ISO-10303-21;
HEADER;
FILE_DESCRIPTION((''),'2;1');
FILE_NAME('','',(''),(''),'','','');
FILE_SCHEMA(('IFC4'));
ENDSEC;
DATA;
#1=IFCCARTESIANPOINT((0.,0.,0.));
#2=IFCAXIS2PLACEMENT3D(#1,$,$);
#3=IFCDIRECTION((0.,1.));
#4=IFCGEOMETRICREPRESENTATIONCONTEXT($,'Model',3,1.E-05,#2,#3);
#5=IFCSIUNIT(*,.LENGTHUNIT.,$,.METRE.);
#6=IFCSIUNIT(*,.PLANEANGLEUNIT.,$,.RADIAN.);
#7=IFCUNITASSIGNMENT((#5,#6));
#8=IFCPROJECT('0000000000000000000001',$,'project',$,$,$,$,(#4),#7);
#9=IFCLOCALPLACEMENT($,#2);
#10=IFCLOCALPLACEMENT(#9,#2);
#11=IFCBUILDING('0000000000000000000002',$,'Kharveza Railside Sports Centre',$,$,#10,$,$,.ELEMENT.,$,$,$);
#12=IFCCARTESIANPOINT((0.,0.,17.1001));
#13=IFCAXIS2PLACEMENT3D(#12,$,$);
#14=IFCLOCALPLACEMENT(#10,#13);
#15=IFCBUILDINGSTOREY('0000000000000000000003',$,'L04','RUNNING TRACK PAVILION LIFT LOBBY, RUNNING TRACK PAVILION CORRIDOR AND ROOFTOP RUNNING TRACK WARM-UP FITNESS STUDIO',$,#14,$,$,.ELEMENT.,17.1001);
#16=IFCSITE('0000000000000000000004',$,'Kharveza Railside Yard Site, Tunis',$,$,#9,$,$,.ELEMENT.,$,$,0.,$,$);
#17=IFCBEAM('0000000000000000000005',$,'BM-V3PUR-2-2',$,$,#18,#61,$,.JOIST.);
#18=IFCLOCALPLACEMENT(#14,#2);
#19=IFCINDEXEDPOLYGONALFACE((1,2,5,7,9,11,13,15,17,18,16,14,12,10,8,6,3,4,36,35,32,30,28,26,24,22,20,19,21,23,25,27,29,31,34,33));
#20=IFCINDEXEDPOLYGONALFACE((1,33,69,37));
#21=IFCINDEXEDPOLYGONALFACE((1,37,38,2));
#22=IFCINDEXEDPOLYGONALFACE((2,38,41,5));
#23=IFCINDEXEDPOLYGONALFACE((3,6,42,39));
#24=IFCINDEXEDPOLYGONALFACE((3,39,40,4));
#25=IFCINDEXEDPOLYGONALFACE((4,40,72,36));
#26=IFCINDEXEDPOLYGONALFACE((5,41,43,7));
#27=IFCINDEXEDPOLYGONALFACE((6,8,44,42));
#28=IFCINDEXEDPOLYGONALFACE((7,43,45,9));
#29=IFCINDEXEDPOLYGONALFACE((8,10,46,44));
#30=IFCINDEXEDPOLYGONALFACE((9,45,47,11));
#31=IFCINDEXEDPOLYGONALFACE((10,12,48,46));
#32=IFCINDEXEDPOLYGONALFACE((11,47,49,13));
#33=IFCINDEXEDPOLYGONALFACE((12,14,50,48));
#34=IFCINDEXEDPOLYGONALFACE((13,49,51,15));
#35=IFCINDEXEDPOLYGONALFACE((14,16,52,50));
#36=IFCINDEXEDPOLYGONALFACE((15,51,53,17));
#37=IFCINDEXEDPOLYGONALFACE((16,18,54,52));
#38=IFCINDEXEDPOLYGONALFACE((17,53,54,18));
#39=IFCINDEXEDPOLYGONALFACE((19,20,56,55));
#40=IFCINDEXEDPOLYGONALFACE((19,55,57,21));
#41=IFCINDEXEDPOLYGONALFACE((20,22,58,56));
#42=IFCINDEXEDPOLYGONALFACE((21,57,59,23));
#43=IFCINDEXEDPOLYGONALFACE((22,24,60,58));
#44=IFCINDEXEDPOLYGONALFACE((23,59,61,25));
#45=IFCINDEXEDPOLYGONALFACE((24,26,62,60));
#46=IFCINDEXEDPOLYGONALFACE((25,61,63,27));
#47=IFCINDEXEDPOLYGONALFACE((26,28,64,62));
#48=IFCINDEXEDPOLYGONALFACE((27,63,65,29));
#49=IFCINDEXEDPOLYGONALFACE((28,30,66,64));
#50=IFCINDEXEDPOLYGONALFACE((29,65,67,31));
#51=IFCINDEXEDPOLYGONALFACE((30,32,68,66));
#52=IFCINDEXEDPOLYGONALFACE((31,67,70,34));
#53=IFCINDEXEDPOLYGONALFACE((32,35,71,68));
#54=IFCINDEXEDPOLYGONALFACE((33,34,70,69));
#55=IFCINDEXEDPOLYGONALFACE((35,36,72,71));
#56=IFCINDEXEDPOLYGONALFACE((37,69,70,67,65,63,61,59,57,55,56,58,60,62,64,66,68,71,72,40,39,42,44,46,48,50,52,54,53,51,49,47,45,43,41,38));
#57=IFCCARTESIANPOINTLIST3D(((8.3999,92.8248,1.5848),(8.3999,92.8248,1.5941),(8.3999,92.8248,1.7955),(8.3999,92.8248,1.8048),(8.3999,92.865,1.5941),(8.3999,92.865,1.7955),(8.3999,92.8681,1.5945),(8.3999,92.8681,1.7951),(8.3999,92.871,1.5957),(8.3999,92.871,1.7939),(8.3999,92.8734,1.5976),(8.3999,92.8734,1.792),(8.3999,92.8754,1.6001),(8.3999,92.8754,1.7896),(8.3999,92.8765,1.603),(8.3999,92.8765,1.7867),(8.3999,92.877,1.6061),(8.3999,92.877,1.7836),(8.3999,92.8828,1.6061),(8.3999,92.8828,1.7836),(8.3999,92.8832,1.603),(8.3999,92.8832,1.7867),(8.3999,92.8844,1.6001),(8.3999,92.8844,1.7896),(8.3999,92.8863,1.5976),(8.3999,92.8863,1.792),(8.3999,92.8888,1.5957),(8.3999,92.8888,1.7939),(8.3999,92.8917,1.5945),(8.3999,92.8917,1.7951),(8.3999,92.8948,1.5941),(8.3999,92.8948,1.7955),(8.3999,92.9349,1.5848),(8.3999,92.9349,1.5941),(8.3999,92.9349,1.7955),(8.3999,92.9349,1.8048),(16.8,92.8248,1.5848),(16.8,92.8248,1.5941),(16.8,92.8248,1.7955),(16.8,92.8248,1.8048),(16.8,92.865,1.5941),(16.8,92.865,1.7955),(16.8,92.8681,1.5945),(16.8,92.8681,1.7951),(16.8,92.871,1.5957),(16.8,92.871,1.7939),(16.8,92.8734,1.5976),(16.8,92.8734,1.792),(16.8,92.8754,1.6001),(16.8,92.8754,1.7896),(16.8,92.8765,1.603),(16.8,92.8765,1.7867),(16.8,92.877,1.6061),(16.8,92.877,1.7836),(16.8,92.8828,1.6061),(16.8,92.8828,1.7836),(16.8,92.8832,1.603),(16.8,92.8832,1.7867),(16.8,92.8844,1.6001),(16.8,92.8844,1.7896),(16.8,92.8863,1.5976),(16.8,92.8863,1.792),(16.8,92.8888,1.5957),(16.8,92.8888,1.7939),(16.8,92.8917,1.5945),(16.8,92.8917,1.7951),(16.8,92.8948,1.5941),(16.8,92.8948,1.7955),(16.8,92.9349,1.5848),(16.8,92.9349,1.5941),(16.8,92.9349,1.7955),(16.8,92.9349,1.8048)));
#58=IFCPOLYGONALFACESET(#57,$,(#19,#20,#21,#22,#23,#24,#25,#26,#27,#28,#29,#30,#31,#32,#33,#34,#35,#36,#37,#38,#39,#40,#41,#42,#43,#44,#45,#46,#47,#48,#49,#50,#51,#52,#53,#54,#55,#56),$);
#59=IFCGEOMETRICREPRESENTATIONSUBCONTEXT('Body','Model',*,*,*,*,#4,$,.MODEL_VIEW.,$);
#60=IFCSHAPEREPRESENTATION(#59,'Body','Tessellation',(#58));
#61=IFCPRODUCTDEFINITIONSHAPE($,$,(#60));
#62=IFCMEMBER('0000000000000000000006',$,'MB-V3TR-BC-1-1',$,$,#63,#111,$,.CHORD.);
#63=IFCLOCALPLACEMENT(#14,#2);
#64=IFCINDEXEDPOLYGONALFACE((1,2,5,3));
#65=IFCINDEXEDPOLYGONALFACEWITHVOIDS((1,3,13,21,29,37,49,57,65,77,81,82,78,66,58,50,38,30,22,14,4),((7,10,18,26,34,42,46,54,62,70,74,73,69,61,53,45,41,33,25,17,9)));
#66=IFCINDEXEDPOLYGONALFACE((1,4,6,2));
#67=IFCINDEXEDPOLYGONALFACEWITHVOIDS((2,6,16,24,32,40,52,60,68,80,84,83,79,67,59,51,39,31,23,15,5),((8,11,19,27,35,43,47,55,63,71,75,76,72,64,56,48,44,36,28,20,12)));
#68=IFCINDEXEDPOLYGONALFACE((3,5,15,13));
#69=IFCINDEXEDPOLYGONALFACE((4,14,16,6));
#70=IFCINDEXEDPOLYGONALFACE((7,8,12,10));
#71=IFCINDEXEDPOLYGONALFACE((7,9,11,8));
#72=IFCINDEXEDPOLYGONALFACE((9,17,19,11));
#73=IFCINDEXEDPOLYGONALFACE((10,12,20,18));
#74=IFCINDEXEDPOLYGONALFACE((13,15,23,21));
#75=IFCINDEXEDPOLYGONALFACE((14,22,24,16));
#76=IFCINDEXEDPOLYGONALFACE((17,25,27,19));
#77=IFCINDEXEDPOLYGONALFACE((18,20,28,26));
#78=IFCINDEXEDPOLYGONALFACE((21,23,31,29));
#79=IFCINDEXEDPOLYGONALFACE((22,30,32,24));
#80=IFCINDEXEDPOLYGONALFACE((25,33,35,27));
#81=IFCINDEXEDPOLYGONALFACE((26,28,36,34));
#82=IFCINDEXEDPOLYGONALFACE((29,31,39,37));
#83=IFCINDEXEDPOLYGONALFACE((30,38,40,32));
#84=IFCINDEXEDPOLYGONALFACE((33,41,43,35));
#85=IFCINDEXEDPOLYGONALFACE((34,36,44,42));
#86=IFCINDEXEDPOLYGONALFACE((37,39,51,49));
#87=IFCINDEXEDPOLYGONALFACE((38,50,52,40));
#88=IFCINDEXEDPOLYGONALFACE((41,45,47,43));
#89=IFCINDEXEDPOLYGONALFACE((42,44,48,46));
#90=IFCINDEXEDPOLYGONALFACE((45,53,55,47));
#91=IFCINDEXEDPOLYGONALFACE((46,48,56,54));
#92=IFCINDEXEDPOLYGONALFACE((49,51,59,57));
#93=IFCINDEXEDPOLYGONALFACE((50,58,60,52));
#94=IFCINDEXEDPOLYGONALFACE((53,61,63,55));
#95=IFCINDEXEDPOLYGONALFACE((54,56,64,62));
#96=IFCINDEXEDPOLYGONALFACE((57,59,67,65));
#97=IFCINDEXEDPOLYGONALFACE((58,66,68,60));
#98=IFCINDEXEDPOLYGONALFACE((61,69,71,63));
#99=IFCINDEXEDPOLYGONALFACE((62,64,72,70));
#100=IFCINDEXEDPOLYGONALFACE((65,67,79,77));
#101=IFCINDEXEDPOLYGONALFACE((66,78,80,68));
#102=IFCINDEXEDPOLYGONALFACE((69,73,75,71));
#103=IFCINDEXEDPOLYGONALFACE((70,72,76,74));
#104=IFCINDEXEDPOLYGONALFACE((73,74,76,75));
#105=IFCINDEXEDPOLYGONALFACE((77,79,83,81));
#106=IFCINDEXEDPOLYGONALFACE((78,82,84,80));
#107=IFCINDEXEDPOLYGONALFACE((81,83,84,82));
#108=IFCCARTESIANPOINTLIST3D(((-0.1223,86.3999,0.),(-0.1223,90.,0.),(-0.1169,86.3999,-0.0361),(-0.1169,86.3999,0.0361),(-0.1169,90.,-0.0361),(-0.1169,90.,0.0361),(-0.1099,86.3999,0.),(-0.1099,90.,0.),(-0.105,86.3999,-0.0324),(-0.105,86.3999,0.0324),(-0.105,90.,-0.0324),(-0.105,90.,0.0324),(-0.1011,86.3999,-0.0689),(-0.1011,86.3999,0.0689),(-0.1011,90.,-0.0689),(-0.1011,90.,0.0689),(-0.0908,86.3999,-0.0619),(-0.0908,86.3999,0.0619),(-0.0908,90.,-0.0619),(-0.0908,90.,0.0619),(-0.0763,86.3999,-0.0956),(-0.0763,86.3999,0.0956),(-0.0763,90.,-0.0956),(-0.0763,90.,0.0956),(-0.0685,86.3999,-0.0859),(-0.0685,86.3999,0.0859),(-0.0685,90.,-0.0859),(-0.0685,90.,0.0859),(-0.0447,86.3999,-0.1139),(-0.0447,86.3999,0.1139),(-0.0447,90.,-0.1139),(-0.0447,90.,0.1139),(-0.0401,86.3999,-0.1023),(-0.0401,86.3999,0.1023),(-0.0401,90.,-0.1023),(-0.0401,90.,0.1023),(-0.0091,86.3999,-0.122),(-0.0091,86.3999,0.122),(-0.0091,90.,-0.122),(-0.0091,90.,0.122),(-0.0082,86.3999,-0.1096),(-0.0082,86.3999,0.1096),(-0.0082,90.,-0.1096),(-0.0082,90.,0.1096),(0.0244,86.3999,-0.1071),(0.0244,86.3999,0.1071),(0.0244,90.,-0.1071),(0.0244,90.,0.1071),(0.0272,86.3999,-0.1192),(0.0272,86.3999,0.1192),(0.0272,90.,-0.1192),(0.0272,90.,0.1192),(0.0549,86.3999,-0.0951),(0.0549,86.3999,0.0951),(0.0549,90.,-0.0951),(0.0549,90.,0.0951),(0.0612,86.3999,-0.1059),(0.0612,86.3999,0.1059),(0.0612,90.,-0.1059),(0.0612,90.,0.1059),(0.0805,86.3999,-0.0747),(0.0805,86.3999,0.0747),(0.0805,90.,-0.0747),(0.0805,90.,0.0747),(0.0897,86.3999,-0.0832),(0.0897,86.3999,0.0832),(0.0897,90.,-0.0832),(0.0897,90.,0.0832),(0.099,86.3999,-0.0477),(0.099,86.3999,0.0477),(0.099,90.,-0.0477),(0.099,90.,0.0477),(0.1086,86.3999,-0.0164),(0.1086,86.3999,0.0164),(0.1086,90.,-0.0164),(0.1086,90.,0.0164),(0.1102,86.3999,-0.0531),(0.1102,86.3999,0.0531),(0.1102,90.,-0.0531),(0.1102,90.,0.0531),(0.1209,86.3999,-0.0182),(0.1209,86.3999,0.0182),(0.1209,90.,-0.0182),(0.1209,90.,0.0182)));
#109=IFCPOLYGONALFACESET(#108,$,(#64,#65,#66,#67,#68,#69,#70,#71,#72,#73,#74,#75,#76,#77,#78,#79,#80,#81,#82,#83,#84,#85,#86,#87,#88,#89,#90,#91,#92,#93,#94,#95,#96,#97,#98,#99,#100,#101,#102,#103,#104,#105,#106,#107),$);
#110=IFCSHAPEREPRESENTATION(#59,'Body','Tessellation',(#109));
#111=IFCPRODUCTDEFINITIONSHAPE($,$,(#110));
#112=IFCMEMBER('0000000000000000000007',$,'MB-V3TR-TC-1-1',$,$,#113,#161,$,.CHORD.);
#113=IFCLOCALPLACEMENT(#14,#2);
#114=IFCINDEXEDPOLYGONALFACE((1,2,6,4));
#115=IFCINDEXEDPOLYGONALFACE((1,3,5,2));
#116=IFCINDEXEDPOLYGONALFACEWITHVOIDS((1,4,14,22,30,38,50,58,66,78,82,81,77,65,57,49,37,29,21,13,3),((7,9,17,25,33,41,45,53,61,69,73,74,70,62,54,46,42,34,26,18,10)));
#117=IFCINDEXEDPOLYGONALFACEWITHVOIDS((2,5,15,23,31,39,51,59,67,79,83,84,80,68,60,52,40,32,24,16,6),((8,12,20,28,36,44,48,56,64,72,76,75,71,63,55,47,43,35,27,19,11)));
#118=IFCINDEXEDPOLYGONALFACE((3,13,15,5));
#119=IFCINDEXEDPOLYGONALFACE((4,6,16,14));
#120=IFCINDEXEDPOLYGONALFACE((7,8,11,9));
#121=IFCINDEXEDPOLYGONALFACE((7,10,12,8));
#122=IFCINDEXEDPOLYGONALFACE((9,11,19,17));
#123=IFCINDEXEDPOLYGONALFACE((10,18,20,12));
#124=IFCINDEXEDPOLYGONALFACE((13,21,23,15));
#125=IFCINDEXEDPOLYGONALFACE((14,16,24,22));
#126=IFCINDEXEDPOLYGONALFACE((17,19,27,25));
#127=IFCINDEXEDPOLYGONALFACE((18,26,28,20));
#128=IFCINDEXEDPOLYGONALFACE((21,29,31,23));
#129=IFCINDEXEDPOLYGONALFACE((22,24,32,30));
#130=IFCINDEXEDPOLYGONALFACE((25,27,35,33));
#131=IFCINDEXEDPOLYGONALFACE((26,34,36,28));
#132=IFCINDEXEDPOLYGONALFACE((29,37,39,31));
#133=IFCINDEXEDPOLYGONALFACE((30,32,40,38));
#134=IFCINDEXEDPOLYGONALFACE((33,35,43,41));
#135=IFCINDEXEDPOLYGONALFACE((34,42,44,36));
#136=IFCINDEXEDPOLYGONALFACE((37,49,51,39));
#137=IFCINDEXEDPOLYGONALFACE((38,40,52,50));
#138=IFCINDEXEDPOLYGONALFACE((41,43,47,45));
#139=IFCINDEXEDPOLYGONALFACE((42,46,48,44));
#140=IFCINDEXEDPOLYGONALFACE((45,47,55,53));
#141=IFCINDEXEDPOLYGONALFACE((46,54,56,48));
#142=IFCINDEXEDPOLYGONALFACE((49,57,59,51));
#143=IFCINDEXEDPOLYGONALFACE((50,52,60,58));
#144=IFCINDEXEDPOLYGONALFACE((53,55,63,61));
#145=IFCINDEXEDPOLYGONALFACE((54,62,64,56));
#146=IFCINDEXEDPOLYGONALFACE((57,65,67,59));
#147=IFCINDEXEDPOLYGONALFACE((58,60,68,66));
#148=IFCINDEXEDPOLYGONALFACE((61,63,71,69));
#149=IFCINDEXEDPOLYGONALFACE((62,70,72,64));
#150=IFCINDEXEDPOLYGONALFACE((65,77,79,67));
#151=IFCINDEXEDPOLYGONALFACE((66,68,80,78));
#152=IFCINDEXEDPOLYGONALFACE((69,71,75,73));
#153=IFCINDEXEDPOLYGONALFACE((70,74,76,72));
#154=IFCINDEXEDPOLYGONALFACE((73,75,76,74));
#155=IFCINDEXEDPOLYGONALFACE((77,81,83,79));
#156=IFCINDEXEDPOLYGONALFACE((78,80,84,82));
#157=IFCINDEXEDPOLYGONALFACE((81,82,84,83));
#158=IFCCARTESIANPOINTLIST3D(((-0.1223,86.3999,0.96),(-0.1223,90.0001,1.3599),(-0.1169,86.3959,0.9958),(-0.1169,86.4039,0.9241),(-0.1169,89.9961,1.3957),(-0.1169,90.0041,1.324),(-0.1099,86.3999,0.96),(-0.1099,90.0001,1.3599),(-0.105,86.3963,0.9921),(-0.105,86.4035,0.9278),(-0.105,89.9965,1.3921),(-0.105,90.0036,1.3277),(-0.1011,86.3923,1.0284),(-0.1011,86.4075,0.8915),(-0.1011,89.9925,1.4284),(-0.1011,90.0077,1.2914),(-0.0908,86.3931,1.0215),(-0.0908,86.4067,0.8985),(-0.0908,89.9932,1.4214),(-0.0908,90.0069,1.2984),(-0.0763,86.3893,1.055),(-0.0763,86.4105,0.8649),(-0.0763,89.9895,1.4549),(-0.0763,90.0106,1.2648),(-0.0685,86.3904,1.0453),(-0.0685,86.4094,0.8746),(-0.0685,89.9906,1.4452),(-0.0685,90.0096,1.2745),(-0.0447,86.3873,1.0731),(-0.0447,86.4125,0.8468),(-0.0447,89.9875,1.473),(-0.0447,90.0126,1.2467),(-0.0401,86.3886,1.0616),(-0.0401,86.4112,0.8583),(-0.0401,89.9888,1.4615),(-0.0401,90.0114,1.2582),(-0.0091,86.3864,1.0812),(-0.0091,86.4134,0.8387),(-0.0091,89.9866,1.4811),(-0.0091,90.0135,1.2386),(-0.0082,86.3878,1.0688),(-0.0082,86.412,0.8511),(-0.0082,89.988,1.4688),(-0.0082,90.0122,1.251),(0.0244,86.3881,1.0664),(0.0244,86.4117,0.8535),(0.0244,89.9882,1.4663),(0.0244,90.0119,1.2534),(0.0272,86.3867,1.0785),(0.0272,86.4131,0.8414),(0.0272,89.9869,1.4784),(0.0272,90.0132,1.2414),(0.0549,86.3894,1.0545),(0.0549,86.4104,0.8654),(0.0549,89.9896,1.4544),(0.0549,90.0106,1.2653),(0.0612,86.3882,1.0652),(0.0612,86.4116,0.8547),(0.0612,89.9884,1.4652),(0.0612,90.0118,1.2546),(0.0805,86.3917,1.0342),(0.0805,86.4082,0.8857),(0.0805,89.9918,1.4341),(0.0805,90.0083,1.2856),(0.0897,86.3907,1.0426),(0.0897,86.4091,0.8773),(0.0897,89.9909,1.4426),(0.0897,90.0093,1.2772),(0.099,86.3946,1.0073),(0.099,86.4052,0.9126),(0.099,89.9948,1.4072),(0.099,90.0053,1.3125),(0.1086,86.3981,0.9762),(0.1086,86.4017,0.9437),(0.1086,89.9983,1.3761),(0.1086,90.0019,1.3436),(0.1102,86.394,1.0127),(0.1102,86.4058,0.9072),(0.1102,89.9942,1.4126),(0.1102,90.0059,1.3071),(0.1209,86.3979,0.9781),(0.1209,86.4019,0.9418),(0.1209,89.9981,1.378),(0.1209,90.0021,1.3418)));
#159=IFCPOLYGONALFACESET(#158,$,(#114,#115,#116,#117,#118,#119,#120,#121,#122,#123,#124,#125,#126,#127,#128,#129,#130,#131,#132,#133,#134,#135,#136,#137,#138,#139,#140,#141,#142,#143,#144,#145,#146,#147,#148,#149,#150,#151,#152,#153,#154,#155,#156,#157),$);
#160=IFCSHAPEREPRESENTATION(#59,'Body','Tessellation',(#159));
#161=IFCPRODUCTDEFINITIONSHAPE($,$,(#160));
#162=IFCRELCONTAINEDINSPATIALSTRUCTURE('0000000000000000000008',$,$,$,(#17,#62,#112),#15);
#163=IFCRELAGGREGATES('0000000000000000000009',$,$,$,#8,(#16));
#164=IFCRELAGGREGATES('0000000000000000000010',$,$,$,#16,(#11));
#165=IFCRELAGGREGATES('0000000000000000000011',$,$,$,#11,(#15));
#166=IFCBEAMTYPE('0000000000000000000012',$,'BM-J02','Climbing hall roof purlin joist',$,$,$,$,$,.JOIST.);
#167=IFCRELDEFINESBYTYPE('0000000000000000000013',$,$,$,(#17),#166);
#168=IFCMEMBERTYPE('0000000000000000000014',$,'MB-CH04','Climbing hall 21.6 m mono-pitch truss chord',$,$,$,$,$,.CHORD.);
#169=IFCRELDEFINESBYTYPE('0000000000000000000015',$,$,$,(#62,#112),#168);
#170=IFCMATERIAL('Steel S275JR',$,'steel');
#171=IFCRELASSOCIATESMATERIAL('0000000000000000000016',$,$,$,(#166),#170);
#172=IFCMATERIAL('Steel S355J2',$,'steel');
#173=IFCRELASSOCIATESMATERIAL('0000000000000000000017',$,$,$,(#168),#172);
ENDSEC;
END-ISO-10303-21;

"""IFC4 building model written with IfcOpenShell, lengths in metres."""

from ifc_helpers import new_model, si_unit, direction, frame, origin, origin_2d, place, context, subcontext, project, spatial, hollow_circle, i_section, extrude, material, material_profile, profile_set, type_object, element, save


model = new_model("IFC4")

# Units and contexts
model_context = context("Model", 3, precision=1e-05, world=origin(), true_north=direction((0.0, 1.0)))
body_context = subcontext(model_context, "Body", "Model", "MODEL_VIEW")
ifc_project = project(units=[si_unit("LENGTHUNIT", "METRE"), si_unit("PLANEANGLEUNIT", "RADIAN")], contexts=[model_context])

# Site, building, storey
site_placement = place(None, origin())
site = spatial("IfcSite", under=ifc_project, at=site_placement, Name="Kharveza Railside Yard Site, Tunis", CompositionType="ELEMENT", RefElevation=0.0)
building_placement = place(site_placement, origin())
building = spatial("IfcBuilding", under=site, at=building_placement, Name="Kharveza Railside Sports Centre", CompositionType="ELEMENT")
storey_placement = place(building_placement, frame((0.0, 0.0, 17.1001)))
storey = spatial("IfcBuildingStorey", under=building, at=storey_placement, Name="L04", Description="RUNNING TRACK PAVILION LIFT LOBBY, RUNNING TRACK PAVILION CORRIDOR AND ROOFTOP RUNNING TRACK WARM-UP FITNESS STUDIO", CompositionType="ELEMENT", Elevation=17.1001)

# Beam
ifc_material_1 = material(Name="Steel S275JR", Category="steel")
ifc_material_profile_1 = material_profile(ifc_material_1, i_section(OverallWidth=0.1101, OverallDepth=0.22, WebThickness=0.0059, FlangeThickness=0.0093, FilletRadius=0.012, at=origin_2d()), Name="IPE 220")
ifc_profile_set_1 = profile_set([ifc_material_profile_1], Name="Steel S275JR")
beam_type = type_object("IfcBeamType", Name="BM-J02", Description="Climbing hall roof purlin joist", PredefinedType="JOIST", material=ifc_profile_set_1)
for number, where, z_axis, x_axis, name in (
    (1, (8.3999, 92.8799, 1.6948), (1.0, 0.0, 0.0), (0.0, 1.0, 0.0), "BM-V3PUR-2-2"),
):
    element("IfcBeam", number, at=place(storey_placement, frame(where, z_axis=z_axis, x_axis=x_axis)), inside=storey, type_object=beam_type, Name=name, PredefinedType="JOIST", context=body_context, shape_type="SweptSolid", body=[
        extrude(i_section(OverallWidth=0.1101, OverallDepth=0.22, WebThickness=0.0059, FlangeThickness=0.0093, FilletRadius=0.012, at=origin_2d()), origin(), (0.0, 0.0, 1.0), 8.4001),
    ])

# Members
ifc_material_2 = material(Name="Steel S355J2", Category="steel")
ifc_material_profile_2 = material_profile(ifc_material_2, hollow_circle(Radius=0.1223, WallThickness=0.0125, at=origin_2d()), Name="CHS 244.5x12.5")
ifc_profile_set_2 = profile_set([ifc_material_profile_2], Name="Steel S355J2")
member_type_1 = type_object("IfcMemberType", Name="MB-CH04", Description="Climbing hall 21.6 m mono-pitch truss chord", PredefinedType="CHORD", material=ifc_profile_set_2)
member_1_placement = place(storey_placement, frame((0.0, 86.3999, 0.0), z_axis=(0.0, 1.0, 0.0), x_axis=(-1.0, 0.0, 0.0)))
element("IfcMember", 2, at=member_1_placement, inside=storey, type_object=member_type_1, Name="MB-V3TR-BC-1-1", PredefinedType="CHORD", context=body_context, shape_type="SweptSolid", body=[
    extrude(hollow_circle(Radius=0.1223, WallThickness=0.0125, at=origin_2d()), origin(), (0.0, 0.0, 1.0), 3.6001),
])
member_2_placement = place(storey_placement, frame((0.0, 86.3999, 0.96), z_axis=(0.0, 0.993887, 0.110402), x_axis=(-1.0, 0.0, 0.0)))
element("IfcMember", 3, at=member_2_placement, inside=storey, type_object=member_type_1, Name="MB-V3TR-TC-1-1", PredefinedType="CHORD", context=body_context, shape_type="SweptSolid", body=[
    extrude(hollow_circle(Radius=0.1223, WallThickness=0.0125, at=origin_2d()), origin(), (0.0, 0.0, 1.0), 3.6223),
])

save(model, "model.ifc")
